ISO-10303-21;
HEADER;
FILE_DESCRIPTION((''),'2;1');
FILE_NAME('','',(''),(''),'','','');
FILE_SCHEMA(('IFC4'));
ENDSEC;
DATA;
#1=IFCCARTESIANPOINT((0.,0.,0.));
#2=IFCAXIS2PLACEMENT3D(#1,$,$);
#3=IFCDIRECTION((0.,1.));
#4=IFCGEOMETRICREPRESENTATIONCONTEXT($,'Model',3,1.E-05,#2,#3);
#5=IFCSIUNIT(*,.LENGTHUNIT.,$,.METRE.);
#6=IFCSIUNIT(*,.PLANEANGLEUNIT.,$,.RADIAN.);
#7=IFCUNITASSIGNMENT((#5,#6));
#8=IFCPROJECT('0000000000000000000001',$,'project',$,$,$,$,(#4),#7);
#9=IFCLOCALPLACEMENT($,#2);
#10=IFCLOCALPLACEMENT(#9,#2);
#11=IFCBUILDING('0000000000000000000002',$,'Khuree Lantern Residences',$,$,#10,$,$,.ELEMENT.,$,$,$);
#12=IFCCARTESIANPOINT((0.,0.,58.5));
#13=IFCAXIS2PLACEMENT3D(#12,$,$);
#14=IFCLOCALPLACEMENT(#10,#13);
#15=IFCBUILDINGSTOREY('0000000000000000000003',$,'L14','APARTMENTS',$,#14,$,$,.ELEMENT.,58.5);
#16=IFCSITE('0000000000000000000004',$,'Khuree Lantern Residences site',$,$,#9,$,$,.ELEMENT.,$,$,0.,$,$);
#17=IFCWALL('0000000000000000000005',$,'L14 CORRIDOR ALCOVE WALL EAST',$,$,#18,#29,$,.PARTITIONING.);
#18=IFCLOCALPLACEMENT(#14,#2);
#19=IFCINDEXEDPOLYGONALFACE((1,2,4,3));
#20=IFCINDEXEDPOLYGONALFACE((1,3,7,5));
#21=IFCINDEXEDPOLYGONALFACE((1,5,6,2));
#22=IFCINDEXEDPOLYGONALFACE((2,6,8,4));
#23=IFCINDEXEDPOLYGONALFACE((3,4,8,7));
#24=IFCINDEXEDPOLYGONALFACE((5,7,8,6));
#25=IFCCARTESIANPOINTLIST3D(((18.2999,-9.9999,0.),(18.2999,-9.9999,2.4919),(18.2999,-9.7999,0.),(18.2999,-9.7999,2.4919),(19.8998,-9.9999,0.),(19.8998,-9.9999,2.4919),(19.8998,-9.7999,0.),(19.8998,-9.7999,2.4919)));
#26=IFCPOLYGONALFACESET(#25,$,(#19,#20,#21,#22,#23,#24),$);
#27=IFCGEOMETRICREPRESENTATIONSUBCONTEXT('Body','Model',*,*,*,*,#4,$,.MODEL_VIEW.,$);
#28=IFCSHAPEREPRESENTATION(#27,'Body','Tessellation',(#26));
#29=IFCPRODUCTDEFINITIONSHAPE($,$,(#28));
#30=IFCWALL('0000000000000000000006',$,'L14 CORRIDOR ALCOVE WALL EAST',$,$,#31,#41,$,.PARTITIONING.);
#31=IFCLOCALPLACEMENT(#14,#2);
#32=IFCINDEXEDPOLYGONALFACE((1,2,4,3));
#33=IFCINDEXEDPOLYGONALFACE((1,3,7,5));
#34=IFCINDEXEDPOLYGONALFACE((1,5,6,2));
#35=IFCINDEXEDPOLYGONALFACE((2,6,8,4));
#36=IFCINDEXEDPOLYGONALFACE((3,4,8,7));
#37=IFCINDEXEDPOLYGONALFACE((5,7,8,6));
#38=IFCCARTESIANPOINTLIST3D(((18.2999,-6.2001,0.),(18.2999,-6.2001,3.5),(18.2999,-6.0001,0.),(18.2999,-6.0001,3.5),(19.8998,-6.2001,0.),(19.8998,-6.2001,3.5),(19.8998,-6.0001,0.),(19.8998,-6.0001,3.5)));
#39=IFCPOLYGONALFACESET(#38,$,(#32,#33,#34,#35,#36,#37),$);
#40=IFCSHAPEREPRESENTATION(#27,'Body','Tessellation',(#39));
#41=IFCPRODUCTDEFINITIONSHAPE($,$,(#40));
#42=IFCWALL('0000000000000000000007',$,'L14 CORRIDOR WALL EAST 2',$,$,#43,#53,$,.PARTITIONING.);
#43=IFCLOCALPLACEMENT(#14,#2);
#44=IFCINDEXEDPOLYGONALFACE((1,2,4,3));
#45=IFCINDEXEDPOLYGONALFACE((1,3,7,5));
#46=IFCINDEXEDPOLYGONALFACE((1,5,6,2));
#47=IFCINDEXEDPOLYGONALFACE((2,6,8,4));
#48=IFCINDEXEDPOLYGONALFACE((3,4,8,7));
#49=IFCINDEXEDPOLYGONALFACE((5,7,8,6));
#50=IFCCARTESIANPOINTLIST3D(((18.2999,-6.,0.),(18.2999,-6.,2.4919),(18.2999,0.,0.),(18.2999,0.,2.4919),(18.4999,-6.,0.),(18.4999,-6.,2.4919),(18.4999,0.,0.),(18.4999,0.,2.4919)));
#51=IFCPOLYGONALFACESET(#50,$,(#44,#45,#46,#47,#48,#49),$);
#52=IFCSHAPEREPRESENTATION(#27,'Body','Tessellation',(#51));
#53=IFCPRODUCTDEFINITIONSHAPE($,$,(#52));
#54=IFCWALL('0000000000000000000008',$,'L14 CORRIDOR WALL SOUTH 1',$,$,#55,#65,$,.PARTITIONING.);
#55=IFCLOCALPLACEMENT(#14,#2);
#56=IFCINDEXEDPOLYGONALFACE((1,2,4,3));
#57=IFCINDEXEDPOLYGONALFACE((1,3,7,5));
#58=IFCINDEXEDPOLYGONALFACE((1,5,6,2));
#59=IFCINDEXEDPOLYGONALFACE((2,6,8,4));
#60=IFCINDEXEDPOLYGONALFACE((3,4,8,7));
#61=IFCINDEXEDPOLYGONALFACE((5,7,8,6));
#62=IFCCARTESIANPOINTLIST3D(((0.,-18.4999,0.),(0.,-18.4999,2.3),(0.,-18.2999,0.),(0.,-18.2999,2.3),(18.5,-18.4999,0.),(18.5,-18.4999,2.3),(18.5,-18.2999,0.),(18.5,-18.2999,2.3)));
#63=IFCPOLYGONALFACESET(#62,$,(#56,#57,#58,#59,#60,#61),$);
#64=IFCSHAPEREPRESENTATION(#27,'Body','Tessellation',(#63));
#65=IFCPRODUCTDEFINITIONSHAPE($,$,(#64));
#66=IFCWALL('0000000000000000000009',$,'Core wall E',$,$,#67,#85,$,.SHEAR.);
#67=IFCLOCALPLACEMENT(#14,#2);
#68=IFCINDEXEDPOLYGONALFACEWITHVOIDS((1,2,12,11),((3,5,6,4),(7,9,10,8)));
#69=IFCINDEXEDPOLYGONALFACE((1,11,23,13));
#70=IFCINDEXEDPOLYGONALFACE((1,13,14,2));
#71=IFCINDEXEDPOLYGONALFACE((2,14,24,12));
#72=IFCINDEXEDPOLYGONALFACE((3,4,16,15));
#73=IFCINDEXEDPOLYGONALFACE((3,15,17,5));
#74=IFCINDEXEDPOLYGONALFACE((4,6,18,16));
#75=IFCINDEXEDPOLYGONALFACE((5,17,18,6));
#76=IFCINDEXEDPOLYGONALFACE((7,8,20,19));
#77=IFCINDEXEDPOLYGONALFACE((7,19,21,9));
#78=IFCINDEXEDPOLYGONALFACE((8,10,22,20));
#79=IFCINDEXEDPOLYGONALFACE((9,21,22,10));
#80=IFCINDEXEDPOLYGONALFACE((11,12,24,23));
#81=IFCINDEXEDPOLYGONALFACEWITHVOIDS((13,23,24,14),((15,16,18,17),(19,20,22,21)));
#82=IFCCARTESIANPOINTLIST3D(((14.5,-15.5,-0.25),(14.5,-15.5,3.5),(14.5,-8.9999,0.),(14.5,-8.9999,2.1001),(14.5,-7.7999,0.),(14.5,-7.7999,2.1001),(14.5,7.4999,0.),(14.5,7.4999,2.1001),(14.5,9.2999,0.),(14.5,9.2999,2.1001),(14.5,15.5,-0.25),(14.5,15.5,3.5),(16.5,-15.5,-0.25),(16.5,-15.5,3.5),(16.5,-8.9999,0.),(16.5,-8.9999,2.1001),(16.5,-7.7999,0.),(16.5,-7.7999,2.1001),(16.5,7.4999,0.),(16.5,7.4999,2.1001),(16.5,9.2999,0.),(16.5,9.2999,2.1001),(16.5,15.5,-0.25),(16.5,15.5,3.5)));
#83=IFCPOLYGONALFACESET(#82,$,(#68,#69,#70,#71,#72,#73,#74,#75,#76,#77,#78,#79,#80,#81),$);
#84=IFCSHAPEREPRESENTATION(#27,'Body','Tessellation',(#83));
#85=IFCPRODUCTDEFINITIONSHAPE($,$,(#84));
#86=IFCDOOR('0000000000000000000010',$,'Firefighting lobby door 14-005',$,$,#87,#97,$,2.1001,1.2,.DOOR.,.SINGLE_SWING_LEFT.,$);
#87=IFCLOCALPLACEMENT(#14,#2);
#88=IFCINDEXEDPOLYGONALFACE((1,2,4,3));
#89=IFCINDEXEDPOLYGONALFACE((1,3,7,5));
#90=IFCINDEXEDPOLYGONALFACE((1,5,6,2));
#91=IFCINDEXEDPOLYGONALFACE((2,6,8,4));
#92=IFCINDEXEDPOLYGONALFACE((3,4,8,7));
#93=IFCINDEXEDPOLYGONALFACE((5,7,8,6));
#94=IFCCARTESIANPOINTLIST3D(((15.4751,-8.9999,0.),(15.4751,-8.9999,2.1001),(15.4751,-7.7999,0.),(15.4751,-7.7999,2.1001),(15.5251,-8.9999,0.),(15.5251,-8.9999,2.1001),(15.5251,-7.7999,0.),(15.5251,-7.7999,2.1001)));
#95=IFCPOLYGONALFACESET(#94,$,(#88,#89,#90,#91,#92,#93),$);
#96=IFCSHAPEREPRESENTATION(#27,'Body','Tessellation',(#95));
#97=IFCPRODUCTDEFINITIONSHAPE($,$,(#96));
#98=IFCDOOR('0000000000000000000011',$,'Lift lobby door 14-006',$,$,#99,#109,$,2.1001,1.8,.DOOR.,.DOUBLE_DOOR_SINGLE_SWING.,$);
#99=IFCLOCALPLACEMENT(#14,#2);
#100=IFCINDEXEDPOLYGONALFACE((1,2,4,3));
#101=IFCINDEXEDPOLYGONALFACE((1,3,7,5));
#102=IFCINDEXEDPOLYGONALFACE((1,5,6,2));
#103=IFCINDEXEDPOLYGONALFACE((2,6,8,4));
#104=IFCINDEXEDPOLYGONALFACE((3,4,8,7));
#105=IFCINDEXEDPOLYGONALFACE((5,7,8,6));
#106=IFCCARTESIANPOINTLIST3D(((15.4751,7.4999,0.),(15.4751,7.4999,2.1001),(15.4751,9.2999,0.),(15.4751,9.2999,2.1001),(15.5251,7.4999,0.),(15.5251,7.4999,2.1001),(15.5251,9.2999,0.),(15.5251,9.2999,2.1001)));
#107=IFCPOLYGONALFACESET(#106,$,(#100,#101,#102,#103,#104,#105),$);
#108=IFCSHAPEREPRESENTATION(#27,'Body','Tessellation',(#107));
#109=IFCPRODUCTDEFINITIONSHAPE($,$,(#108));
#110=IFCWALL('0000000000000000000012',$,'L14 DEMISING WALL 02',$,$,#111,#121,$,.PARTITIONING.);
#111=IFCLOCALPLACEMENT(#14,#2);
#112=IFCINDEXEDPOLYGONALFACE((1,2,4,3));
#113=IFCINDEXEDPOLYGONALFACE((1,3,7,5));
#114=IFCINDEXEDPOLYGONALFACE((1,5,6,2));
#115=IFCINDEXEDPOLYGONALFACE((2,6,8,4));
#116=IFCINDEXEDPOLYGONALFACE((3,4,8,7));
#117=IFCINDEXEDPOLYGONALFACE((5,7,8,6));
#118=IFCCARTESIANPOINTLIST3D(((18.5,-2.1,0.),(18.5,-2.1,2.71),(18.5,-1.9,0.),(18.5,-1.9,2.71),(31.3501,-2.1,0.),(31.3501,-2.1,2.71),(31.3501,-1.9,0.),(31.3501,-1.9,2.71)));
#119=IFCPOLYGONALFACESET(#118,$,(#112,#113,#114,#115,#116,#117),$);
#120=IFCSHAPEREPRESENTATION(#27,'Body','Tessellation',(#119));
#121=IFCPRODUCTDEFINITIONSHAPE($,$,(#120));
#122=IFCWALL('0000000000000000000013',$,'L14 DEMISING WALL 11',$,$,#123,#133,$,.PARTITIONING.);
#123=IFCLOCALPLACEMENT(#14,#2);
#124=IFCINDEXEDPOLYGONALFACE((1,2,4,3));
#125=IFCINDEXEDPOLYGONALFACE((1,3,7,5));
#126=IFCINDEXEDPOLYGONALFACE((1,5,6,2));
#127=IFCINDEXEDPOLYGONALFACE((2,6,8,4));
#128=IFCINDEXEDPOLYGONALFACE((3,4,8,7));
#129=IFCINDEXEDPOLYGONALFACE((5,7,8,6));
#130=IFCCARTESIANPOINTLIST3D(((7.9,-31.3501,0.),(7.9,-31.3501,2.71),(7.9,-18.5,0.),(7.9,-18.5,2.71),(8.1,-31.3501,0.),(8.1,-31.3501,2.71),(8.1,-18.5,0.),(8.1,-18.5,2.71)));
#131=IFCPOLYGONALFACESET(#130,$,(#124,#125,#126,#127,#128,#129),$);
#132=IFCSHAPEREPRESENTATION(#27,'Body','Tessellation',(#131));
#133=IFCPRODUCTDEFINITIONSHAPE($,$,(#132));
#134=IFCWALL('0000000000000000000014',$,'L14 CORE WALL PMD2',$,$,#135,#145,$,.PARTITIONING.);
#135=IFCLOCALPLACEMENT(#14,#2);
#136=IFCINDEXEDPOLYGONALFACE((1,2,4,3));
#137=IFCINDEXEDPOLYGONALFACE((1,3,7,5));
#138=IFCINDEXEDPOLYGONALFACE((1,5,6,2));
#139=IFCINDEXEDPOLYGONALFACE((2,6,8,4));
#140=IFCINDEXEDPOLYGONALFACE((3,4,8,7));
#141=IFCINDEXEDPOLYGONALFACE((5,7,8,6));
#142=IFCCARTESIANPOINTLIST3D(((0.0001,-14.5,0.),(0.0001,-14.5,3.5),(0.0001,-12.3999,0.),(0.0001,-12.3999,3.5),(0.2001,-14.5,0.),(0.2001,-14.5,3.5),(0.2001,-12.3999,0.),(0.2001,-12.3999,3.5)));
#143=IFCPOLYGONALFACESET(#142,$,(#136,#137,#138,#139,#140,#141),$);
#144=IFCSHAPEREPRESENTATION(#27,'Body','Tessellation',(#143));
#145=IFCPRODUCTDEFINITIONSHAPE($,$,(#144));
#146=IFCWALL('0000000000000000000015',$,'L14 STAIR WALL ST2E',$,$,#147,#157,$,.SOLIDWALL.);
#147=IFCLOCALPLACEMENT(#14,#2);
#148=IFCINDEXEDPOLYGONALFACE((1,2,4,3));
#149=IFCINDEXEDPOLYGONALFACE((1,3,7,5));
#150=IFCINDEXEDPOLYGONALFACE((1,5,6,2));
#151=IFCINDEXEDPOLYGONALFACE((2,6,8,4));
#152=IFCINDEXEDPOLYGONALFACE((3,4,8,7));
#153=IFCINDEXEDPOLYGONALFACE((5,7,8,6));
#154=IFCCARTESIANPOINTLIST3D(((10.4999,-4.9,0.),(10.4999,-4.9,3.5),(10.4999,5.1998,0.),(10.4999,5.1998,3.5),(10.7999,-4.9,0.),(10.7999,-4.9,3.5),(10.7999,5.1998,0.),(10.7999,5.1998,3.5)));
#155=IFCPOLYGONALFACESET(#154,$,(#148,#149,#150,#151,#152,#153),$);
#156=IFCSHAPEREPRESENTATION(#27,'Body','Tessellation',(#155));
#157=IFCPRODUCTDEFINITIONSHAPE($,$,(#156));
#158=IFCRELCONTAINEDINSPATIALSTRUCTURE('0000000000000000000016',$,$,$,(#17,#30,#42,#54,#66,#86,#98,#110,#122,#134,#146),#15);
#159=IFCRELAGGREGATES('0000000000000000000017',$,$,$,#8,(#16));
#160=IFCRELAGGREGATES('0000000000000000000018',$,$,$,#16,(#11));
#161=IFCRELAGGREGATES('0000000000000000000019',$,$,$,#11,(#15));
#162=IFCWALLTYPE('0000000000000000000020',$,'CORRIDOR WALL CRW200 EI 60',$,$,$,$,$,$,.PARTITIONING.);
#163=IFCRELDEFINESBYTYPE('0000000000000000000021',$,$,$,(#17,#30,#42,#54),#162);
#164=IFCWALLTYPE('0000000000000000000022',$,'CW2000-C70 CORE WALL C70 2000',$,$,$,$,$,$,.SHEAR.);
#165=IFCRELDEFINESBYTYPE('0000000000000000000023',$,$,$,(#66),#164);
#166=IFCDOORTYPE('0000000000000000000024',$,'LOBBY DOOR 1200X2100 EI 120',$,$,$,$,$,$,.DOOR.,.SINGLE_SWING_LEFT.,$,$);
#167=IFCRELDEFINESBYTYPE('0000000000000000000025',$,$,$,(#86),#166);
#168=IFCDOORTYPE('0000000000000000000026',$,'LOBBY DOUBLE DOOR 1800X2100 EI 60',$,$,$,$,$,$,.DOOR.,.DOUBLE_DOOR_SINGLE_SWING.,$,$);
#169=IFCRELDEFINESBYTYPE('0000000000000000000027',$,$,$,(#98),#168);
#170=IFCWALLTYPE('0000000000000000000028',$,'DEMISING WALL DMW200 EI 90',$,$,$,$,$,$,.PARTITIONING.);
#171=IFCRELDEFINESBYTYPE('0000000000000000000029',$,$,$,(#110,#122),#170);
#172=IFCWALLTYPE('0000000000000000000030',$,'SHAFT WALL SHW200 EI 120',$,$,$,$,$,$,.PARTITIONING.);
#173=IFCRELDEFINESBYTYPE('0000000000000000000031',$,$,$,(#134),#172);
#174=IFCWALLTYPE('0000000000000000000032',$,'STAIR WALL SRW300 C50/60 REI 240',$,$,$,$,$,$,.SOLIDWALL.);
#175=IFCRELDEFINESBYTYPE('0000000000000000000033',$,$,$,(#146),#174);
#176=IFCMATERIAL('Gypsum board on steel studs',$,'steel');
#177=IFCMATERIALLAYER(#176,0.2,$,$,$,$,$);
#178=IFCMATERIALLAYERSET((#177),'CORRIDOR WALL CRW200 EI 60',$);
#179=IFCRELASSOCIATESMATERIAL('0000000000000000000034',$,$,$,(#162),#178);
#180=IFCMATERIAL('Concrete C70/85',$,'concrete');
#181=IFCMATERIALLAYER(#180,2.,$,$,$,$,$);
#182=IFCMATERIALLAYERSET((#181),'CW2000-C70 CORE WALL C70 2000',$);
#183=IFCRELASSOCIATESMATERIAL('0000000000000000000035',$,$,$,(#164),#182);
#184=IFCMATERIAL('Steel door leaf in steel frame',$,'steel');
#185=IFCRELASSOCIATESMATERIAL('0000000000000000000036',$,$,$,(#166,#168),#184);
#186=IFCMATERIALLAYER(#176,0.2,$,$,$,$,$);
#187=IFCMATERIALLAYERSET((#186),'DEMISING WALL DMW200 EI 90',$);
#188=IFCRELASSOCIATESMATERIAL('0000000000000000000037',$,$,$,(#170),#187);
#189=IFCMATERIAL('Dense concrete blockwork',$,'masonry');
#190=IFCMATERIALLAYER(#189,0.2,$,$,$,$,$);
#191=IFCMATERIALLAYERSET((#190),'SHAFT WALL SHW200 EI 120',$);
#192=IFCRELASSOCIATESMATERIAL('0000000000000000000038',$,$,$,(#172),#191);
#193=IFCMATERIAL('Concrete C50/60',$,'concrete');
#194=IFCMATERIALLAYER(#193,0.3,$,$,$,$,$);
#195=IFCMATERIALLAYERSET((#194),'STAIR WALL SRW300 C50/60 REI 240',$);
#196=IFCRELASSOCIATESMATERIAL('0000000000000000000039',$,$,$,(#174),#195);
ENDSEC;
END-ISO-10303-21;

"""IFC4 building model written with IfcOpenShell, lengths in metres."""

from ifc_helpers import new_model, si_unit, direction, frame, frame_2d, origin, place, context, subcontext, project, spatial, rectangle, extrude, material, layer, layer_set, type_object, element, fill, save


model = new_model("IFC4")

# Units and contexts
model_context = context("Model", 3, precision=1e-05, world=origin(), true_north=direction((0.0, 1.0)))
body_context = subcontext(model_context, "Body", "Model", "MODEL_VIEW")
ifc_project = project(units=[si_unit("LENGTHUNIT", "METRE"), si_unit("PLANEANGLEUNIT", "RADIAN")], contexts=[model_context])

# Site, building, storey
site_placement = place(None, origin())
site = spatial("IfcSite", under=ifc_project, at=site_placement, Name="Khuree Lantern Residences site", CompositionType="ELEMENT", RefElevation=0.0)
building_placement = place(site_placement, origin())
building = spatial("IfcBuilding", under=site, at=building_placement, Name="Khuree Lantern Residences", CompositionType="ELEMENT")
storey_placement = place(building_placement, frame((0.0, 0.0, 58.5)))
storey = spatial("IfcBuildingStorey", under=building, at=storey_placement, Name="L14", Description="APARTMENTS", CompositionType="ELEMENT", Elevation=58.5)

# Shared definitions
ifc_material_1 = material(Name="Concrete C70/85", Category="concrete")

# Shared definitions
ifc_material_2 = material(Name="Dense concrete blockwork", Category="masonry")

# Walls
ifc_material_3 = material(Name="Gypsum board on steel studs", Category="steel")
ifc_layer_1 = layer(ifc_material_3, 0.2)
ifc_layer_set_1 = layer_set([ifc_layer_1], Name="CORRIDOR WALL CRW200 EI 60")
wall_type_1 = type_object("IfcWallType", Name="CORRIDOR WALL CRW200 EI 60", PredefinedType="PARTITIONING", material=ifc_layer_set_1)
wall_1_placement = place(storey_placement, frame((18.3, -9.8999, 0.0), z_axis=(0.0, 0.0, 1.0), x_axis=(1.0, 0.0, 0.0)))
element("IfcWall", 1, at=wall_1_placement, inside=storey, type_object=wall_type_1, Name="L14 CORRIDOR ALCOVE WALL EAST", PredefinedType="PARTITIONING", context=body_context, shape_type="SweptSolid", body=[
    extrude(rectangle(XDim=1.5999, YDim=0.2, at=frame_2d((0.7998, 0.0))), origin(), (0.0, 0.0, 1.0), 2.4919),
])
wall_2_placement = place(storey_placement, frame((18.3, -6.1001, 0.0), z_axis=(0.0, 0.0, 1.0), x_axis=(1.0, 0.0, 0.0)))
element("IfcWall", 2, at=wall_2_placement, inside=storey, type_object=wall_type_1, Name="L14 CORRIDOR ALCOVE WALL EAST", PredefinedType="PARTITIONING", context=body_context, shape_type="SweptSolid", body=[
    extrude(rectangle(XDim=1.5999, YDim=0.2, at=frame_2d((0.7998, 0.0))), origin(), (0.0, 0.0, 1.0), 3.5),
])
wall_3_placement = place(storey_placement, frame((18.3999, -6.0, 0.0), z_axis=(0.0, 0.0, 1.0), x_axis=(0.0, 1.0, 0.0)))
element("IfcWall", 3, at=wall_3_placement, inside=storey, type_object=wall_type_1, Name="L14 CORRIDOR WALL EAST 2", PredefinedType="PARTITIONING", context=body_context, shape_type="SweptSolid", body=[
    extrude(rectangle(XDim=6.0, YDim=0.2, at=frame_2d((3.0, 0.0))), origin(), (0.0, 0.0, 1.0), 2.4919),
])
wall_4_placement = place(storey_placement, frame((18.5, -18.3999, 0.0), z_axis=(0.0, 0.0, 1.0), x_axis=(-1.0, 0.0, 0.0)))
element("IfcWall", 4, at=wall_4_placement, inside=storey, type_object=wall_type_1, Name="L14 CORRIDOR WALL SOUTH 1", PredefinedType="PARTITIONING", context=body_context, shape_type="SweptSolid", body=[
    extrude(rectangle(XDim=18.5, YDim=0.2, at=frame_2d((9.25, 0.0))), origin(), (0.0, 0.0, 1.0), 2.3),
])

# Wall, openings, doors
ifc_layer_2 = layer(ifc_material_1, 2.0)
ifc_layer_set_2 = layer_set([ifc_layer_2], Name="CW2000-C70 CORE WALL C70 2000")
wall_type_2 = type_object("IfcWallType", Name="CW2000-C70 CORE WALL C70 2000", PredefinedType="SHEAR", material=ifc_layer_set_2)
wall_5_placement = place(storey_placement, frame((15.5, -15.5, -0.25), z_axis=(0.0, 0.0, 1.0), x_axis=(0.0, 1.0, 0.0)))
wall_5 = element("IfcWall", 5, at=wall_5_placement, inside=storey, type_object=wall_type_2, Name="Core wall E", PredefinedType="SHEAR", context=body_context, shape_type="SweptSolid", body=[
    extrude(rectangle(XDim=31.0, YDim=2.0, at=frame_2d((15.5, 0.0))), origin(), (0.0, 0.0, 1.0), 3.75),
])
opening_1_placement = place(wall_5_placement, frame((6.5, 0.0, 0.25)))
opening_1 = element("IfcOpeningElement", 6, at=opening_1_placement, cuts=wall_5, PredefinedType="OPENING", context=body_context, shape_type="SweptSolid", body=[
    extrude(rectangle(XDim=1.2, YDim=2.1001, at=frame_2d((0.6001, 1.05))), frame((0.0, 1.01, 0.0), z_axis=(0.0, -1.0, 0.0), x_axis=(1.0, 0.0, 0.0)), (0.0, 0.0, 1.0), 2.02),
])
opening_2_placement = place(wall_5_placement, frame((23.0, 0.0, 0.25)))
opening_2 = element("IfcOpeningElement", 7, at=opening_2_placement, cuts=wall_5, PredefinedType="OPENING", context=body_context, shape_type="SweptSolid", body=[
    extrude(rectangle(XDim=1.8, YDim=2.1001, at=frame_2d((0.8999, 1.05))), frame((0.0, 1.01, 0.0), z_axis=(0.0, -1.0, 0.0), x_axis=(1.0, 0.0, 0.0)), (0.0, 0.0, 1.0), 2.02),
])
ifc_material_4 = material(Name="Steel door leaf in steel frame", Category="steel")
door_type_1 = type_object("IfcDoorType", Name="LOBBY DOOR 1200X2100 EI 120", OperationType="SINGLE_SWING_LEFT", PredefinedType="DOOR", material=ifc_material_4)
door_1_placement = place(opening_1_placement, origin())
door_1 = element("IfcDoor", 8, at=door_1_placement, inside=storey, type_object=door_type_1, Name="Firefighting lobby door 14-005", OperationType="SINGLE_SWING_LEFT", OverallHeight=2.1001, OverallWidth=1.2, PredefinedType="DOOR", context=body_context, shape_type="SweptSolid", body=[
    extrude(rectangle(XDim=1.2, YDim=2.1001, at=frame_2d((0.6001, 1.05))), frame((0.0, 0.0249, 0.0), z_axis=(0.0, -1.0, 0.0), x_axis=(1.0, 0.0, 0.0)), (0.0, 0.0, 1.0), 0.05),
])
fill(opening_1, door_1)
door_type_2 = type_object("IfcDoorType", Name="LOBBY DOUBLE DOOR 1800X2100 EI 60", OperationType="DOUBLE_DOOR_SINGLE_SWING", PredefinedType="DOOR", material=ifc_material_4)
door_2_placement = place(opening_2_placement, origin())
door_2 = element("IfcDoor", 9, at=door_2_placement, inside=storey, type_object=door_type_2, Name="Lift lobby door 14-006", OperationType="DOUBLE_DOOR_SINGLE_SWING", OverallHeight=2.1001, OverallWidth=1.8, PredefinedType="DOOR", context=body_context, shape_type="SweptSolid", body=[
    extrude(rectangle(XDim=1.8, YDim=2.1001, at=frame_2d((0.8999, 1.05))), frame((0.0, 0.0249, 0.0), z_axis=(0.0, -1.0, 0.0), x_axis=(1.0, 0.0, 0.0)), (0.0, 0.0, 1.0), 0.05),
])
fill(opening_2, door_2)

# Walls
ifc_layer_3 = layer(ifc_material_3, 0.2)
ifc_layer_set_3 = layer_set([ifc_layer_3], Name="DEMISING WALL DMW200 EI 90")
wall_type_3 = type_object("IfcWallType", Name="DEMISING WALL DMW200 EI 90", PredefinedType="PARTITIONING", material=ifc_layer_set_3)
for number, where, z_axis, x_axis, name in (
    (10, (18.5, -2.0, 0.0), (0.0, 0.0, 1.0), (1.0, 0.0, 0.0), "L14 DEMISING WALL 02"),
    (11, (8.0, -18.5, 0.0), (0.0, 0.0, 1.0), (0.0, -1.0, 0.0), "L14 DEMISING WALL 11"),
):
    element("IfcWall", number, at=place(storey_placement, frame(where, z_axis=z_axis, x_axis=x_axis)), inside=storey, type_object=wall_type_3, Name=name, PredefinedType="PARTITIONING", context=body_context, shape_type="SweptSolid", body=[
        extrude(rectangle(XDim=12.8501, YDim=0.2, at=frame_2d((6.425, 0.0))), origin(), (0.0, 0.0, 1.0), 2.71),
    ])
ifc_layer_4 = layer(ifc_material_2, 0.2)
ifc_layer_set_4 = layer_set([ifc_layer_4], Name="SHAFT WALL SHW200 EI 120")
wall_type_4 = type_object("IfcWallType", Name="SHAFT WALL SHW200 EI 120", PredefinedType="PARTITIONING", material=ifc_layer_set_4)
wall_6_placement = place(storey_placement, frame((0.1001, -14.5, 0.0), z_axis=(0.0, 0.0, 1.0), x_axis=(0.0, 1.0, 0.0)))
element("IfcWall", 12, at=wall_6_placement, inside=storey, type_object=wall_type_4, Name="L14 CORE WALL PMD2", PredefinedType="PARTITIONING", context=body_context, shape_type="SweptSolid", body=[
    extrude(rectangle(XDim=2.1001, YDim=0.2, at=frame_2d((1.05, 0.0))), origin(), (0.0, 0.0, 1.0), 3.5),
])
ifc_material_5 = material(Name="Concrete C50/60", Category="concrete")
ifc_layer_5 = layer(ifc_material_5, 0.3)
ifc_layer_set_5 = layer_set([ifc_layer_5], Name="STAIR WALL SRW300 C50/60 REI 240")
wall_type_5 = type_object("IfcWallType", Name="STAIR WALL SRW300 C50/60 REI 240", PredefinedType="SOLIDWALL", material=ifc_layer_set_5)
wall_7_placement = place(storey_placement, frame((10.6499, -4.8999, 0.0), z_axis=(0.0, 0.0, 1.0), x_axis=(0.0, 1.0, 0.0)))
element("IfcWall", 13, at=wall_7_placement, inside=storey, type_object=wall_type_5, Name="L14 STAIR WALL ST2E", PredefinedType="SOLIDWALL", context=body_context, shape_type="SweptSolid", body=[
    extrude(rectangle(XDim=10.0999, YDim=0.3, at=frame_2d((5.0498, 0.0))), origin(), (0.0, 0.0, 1.0), 3.5),
])

save(model, "model.ifc")
